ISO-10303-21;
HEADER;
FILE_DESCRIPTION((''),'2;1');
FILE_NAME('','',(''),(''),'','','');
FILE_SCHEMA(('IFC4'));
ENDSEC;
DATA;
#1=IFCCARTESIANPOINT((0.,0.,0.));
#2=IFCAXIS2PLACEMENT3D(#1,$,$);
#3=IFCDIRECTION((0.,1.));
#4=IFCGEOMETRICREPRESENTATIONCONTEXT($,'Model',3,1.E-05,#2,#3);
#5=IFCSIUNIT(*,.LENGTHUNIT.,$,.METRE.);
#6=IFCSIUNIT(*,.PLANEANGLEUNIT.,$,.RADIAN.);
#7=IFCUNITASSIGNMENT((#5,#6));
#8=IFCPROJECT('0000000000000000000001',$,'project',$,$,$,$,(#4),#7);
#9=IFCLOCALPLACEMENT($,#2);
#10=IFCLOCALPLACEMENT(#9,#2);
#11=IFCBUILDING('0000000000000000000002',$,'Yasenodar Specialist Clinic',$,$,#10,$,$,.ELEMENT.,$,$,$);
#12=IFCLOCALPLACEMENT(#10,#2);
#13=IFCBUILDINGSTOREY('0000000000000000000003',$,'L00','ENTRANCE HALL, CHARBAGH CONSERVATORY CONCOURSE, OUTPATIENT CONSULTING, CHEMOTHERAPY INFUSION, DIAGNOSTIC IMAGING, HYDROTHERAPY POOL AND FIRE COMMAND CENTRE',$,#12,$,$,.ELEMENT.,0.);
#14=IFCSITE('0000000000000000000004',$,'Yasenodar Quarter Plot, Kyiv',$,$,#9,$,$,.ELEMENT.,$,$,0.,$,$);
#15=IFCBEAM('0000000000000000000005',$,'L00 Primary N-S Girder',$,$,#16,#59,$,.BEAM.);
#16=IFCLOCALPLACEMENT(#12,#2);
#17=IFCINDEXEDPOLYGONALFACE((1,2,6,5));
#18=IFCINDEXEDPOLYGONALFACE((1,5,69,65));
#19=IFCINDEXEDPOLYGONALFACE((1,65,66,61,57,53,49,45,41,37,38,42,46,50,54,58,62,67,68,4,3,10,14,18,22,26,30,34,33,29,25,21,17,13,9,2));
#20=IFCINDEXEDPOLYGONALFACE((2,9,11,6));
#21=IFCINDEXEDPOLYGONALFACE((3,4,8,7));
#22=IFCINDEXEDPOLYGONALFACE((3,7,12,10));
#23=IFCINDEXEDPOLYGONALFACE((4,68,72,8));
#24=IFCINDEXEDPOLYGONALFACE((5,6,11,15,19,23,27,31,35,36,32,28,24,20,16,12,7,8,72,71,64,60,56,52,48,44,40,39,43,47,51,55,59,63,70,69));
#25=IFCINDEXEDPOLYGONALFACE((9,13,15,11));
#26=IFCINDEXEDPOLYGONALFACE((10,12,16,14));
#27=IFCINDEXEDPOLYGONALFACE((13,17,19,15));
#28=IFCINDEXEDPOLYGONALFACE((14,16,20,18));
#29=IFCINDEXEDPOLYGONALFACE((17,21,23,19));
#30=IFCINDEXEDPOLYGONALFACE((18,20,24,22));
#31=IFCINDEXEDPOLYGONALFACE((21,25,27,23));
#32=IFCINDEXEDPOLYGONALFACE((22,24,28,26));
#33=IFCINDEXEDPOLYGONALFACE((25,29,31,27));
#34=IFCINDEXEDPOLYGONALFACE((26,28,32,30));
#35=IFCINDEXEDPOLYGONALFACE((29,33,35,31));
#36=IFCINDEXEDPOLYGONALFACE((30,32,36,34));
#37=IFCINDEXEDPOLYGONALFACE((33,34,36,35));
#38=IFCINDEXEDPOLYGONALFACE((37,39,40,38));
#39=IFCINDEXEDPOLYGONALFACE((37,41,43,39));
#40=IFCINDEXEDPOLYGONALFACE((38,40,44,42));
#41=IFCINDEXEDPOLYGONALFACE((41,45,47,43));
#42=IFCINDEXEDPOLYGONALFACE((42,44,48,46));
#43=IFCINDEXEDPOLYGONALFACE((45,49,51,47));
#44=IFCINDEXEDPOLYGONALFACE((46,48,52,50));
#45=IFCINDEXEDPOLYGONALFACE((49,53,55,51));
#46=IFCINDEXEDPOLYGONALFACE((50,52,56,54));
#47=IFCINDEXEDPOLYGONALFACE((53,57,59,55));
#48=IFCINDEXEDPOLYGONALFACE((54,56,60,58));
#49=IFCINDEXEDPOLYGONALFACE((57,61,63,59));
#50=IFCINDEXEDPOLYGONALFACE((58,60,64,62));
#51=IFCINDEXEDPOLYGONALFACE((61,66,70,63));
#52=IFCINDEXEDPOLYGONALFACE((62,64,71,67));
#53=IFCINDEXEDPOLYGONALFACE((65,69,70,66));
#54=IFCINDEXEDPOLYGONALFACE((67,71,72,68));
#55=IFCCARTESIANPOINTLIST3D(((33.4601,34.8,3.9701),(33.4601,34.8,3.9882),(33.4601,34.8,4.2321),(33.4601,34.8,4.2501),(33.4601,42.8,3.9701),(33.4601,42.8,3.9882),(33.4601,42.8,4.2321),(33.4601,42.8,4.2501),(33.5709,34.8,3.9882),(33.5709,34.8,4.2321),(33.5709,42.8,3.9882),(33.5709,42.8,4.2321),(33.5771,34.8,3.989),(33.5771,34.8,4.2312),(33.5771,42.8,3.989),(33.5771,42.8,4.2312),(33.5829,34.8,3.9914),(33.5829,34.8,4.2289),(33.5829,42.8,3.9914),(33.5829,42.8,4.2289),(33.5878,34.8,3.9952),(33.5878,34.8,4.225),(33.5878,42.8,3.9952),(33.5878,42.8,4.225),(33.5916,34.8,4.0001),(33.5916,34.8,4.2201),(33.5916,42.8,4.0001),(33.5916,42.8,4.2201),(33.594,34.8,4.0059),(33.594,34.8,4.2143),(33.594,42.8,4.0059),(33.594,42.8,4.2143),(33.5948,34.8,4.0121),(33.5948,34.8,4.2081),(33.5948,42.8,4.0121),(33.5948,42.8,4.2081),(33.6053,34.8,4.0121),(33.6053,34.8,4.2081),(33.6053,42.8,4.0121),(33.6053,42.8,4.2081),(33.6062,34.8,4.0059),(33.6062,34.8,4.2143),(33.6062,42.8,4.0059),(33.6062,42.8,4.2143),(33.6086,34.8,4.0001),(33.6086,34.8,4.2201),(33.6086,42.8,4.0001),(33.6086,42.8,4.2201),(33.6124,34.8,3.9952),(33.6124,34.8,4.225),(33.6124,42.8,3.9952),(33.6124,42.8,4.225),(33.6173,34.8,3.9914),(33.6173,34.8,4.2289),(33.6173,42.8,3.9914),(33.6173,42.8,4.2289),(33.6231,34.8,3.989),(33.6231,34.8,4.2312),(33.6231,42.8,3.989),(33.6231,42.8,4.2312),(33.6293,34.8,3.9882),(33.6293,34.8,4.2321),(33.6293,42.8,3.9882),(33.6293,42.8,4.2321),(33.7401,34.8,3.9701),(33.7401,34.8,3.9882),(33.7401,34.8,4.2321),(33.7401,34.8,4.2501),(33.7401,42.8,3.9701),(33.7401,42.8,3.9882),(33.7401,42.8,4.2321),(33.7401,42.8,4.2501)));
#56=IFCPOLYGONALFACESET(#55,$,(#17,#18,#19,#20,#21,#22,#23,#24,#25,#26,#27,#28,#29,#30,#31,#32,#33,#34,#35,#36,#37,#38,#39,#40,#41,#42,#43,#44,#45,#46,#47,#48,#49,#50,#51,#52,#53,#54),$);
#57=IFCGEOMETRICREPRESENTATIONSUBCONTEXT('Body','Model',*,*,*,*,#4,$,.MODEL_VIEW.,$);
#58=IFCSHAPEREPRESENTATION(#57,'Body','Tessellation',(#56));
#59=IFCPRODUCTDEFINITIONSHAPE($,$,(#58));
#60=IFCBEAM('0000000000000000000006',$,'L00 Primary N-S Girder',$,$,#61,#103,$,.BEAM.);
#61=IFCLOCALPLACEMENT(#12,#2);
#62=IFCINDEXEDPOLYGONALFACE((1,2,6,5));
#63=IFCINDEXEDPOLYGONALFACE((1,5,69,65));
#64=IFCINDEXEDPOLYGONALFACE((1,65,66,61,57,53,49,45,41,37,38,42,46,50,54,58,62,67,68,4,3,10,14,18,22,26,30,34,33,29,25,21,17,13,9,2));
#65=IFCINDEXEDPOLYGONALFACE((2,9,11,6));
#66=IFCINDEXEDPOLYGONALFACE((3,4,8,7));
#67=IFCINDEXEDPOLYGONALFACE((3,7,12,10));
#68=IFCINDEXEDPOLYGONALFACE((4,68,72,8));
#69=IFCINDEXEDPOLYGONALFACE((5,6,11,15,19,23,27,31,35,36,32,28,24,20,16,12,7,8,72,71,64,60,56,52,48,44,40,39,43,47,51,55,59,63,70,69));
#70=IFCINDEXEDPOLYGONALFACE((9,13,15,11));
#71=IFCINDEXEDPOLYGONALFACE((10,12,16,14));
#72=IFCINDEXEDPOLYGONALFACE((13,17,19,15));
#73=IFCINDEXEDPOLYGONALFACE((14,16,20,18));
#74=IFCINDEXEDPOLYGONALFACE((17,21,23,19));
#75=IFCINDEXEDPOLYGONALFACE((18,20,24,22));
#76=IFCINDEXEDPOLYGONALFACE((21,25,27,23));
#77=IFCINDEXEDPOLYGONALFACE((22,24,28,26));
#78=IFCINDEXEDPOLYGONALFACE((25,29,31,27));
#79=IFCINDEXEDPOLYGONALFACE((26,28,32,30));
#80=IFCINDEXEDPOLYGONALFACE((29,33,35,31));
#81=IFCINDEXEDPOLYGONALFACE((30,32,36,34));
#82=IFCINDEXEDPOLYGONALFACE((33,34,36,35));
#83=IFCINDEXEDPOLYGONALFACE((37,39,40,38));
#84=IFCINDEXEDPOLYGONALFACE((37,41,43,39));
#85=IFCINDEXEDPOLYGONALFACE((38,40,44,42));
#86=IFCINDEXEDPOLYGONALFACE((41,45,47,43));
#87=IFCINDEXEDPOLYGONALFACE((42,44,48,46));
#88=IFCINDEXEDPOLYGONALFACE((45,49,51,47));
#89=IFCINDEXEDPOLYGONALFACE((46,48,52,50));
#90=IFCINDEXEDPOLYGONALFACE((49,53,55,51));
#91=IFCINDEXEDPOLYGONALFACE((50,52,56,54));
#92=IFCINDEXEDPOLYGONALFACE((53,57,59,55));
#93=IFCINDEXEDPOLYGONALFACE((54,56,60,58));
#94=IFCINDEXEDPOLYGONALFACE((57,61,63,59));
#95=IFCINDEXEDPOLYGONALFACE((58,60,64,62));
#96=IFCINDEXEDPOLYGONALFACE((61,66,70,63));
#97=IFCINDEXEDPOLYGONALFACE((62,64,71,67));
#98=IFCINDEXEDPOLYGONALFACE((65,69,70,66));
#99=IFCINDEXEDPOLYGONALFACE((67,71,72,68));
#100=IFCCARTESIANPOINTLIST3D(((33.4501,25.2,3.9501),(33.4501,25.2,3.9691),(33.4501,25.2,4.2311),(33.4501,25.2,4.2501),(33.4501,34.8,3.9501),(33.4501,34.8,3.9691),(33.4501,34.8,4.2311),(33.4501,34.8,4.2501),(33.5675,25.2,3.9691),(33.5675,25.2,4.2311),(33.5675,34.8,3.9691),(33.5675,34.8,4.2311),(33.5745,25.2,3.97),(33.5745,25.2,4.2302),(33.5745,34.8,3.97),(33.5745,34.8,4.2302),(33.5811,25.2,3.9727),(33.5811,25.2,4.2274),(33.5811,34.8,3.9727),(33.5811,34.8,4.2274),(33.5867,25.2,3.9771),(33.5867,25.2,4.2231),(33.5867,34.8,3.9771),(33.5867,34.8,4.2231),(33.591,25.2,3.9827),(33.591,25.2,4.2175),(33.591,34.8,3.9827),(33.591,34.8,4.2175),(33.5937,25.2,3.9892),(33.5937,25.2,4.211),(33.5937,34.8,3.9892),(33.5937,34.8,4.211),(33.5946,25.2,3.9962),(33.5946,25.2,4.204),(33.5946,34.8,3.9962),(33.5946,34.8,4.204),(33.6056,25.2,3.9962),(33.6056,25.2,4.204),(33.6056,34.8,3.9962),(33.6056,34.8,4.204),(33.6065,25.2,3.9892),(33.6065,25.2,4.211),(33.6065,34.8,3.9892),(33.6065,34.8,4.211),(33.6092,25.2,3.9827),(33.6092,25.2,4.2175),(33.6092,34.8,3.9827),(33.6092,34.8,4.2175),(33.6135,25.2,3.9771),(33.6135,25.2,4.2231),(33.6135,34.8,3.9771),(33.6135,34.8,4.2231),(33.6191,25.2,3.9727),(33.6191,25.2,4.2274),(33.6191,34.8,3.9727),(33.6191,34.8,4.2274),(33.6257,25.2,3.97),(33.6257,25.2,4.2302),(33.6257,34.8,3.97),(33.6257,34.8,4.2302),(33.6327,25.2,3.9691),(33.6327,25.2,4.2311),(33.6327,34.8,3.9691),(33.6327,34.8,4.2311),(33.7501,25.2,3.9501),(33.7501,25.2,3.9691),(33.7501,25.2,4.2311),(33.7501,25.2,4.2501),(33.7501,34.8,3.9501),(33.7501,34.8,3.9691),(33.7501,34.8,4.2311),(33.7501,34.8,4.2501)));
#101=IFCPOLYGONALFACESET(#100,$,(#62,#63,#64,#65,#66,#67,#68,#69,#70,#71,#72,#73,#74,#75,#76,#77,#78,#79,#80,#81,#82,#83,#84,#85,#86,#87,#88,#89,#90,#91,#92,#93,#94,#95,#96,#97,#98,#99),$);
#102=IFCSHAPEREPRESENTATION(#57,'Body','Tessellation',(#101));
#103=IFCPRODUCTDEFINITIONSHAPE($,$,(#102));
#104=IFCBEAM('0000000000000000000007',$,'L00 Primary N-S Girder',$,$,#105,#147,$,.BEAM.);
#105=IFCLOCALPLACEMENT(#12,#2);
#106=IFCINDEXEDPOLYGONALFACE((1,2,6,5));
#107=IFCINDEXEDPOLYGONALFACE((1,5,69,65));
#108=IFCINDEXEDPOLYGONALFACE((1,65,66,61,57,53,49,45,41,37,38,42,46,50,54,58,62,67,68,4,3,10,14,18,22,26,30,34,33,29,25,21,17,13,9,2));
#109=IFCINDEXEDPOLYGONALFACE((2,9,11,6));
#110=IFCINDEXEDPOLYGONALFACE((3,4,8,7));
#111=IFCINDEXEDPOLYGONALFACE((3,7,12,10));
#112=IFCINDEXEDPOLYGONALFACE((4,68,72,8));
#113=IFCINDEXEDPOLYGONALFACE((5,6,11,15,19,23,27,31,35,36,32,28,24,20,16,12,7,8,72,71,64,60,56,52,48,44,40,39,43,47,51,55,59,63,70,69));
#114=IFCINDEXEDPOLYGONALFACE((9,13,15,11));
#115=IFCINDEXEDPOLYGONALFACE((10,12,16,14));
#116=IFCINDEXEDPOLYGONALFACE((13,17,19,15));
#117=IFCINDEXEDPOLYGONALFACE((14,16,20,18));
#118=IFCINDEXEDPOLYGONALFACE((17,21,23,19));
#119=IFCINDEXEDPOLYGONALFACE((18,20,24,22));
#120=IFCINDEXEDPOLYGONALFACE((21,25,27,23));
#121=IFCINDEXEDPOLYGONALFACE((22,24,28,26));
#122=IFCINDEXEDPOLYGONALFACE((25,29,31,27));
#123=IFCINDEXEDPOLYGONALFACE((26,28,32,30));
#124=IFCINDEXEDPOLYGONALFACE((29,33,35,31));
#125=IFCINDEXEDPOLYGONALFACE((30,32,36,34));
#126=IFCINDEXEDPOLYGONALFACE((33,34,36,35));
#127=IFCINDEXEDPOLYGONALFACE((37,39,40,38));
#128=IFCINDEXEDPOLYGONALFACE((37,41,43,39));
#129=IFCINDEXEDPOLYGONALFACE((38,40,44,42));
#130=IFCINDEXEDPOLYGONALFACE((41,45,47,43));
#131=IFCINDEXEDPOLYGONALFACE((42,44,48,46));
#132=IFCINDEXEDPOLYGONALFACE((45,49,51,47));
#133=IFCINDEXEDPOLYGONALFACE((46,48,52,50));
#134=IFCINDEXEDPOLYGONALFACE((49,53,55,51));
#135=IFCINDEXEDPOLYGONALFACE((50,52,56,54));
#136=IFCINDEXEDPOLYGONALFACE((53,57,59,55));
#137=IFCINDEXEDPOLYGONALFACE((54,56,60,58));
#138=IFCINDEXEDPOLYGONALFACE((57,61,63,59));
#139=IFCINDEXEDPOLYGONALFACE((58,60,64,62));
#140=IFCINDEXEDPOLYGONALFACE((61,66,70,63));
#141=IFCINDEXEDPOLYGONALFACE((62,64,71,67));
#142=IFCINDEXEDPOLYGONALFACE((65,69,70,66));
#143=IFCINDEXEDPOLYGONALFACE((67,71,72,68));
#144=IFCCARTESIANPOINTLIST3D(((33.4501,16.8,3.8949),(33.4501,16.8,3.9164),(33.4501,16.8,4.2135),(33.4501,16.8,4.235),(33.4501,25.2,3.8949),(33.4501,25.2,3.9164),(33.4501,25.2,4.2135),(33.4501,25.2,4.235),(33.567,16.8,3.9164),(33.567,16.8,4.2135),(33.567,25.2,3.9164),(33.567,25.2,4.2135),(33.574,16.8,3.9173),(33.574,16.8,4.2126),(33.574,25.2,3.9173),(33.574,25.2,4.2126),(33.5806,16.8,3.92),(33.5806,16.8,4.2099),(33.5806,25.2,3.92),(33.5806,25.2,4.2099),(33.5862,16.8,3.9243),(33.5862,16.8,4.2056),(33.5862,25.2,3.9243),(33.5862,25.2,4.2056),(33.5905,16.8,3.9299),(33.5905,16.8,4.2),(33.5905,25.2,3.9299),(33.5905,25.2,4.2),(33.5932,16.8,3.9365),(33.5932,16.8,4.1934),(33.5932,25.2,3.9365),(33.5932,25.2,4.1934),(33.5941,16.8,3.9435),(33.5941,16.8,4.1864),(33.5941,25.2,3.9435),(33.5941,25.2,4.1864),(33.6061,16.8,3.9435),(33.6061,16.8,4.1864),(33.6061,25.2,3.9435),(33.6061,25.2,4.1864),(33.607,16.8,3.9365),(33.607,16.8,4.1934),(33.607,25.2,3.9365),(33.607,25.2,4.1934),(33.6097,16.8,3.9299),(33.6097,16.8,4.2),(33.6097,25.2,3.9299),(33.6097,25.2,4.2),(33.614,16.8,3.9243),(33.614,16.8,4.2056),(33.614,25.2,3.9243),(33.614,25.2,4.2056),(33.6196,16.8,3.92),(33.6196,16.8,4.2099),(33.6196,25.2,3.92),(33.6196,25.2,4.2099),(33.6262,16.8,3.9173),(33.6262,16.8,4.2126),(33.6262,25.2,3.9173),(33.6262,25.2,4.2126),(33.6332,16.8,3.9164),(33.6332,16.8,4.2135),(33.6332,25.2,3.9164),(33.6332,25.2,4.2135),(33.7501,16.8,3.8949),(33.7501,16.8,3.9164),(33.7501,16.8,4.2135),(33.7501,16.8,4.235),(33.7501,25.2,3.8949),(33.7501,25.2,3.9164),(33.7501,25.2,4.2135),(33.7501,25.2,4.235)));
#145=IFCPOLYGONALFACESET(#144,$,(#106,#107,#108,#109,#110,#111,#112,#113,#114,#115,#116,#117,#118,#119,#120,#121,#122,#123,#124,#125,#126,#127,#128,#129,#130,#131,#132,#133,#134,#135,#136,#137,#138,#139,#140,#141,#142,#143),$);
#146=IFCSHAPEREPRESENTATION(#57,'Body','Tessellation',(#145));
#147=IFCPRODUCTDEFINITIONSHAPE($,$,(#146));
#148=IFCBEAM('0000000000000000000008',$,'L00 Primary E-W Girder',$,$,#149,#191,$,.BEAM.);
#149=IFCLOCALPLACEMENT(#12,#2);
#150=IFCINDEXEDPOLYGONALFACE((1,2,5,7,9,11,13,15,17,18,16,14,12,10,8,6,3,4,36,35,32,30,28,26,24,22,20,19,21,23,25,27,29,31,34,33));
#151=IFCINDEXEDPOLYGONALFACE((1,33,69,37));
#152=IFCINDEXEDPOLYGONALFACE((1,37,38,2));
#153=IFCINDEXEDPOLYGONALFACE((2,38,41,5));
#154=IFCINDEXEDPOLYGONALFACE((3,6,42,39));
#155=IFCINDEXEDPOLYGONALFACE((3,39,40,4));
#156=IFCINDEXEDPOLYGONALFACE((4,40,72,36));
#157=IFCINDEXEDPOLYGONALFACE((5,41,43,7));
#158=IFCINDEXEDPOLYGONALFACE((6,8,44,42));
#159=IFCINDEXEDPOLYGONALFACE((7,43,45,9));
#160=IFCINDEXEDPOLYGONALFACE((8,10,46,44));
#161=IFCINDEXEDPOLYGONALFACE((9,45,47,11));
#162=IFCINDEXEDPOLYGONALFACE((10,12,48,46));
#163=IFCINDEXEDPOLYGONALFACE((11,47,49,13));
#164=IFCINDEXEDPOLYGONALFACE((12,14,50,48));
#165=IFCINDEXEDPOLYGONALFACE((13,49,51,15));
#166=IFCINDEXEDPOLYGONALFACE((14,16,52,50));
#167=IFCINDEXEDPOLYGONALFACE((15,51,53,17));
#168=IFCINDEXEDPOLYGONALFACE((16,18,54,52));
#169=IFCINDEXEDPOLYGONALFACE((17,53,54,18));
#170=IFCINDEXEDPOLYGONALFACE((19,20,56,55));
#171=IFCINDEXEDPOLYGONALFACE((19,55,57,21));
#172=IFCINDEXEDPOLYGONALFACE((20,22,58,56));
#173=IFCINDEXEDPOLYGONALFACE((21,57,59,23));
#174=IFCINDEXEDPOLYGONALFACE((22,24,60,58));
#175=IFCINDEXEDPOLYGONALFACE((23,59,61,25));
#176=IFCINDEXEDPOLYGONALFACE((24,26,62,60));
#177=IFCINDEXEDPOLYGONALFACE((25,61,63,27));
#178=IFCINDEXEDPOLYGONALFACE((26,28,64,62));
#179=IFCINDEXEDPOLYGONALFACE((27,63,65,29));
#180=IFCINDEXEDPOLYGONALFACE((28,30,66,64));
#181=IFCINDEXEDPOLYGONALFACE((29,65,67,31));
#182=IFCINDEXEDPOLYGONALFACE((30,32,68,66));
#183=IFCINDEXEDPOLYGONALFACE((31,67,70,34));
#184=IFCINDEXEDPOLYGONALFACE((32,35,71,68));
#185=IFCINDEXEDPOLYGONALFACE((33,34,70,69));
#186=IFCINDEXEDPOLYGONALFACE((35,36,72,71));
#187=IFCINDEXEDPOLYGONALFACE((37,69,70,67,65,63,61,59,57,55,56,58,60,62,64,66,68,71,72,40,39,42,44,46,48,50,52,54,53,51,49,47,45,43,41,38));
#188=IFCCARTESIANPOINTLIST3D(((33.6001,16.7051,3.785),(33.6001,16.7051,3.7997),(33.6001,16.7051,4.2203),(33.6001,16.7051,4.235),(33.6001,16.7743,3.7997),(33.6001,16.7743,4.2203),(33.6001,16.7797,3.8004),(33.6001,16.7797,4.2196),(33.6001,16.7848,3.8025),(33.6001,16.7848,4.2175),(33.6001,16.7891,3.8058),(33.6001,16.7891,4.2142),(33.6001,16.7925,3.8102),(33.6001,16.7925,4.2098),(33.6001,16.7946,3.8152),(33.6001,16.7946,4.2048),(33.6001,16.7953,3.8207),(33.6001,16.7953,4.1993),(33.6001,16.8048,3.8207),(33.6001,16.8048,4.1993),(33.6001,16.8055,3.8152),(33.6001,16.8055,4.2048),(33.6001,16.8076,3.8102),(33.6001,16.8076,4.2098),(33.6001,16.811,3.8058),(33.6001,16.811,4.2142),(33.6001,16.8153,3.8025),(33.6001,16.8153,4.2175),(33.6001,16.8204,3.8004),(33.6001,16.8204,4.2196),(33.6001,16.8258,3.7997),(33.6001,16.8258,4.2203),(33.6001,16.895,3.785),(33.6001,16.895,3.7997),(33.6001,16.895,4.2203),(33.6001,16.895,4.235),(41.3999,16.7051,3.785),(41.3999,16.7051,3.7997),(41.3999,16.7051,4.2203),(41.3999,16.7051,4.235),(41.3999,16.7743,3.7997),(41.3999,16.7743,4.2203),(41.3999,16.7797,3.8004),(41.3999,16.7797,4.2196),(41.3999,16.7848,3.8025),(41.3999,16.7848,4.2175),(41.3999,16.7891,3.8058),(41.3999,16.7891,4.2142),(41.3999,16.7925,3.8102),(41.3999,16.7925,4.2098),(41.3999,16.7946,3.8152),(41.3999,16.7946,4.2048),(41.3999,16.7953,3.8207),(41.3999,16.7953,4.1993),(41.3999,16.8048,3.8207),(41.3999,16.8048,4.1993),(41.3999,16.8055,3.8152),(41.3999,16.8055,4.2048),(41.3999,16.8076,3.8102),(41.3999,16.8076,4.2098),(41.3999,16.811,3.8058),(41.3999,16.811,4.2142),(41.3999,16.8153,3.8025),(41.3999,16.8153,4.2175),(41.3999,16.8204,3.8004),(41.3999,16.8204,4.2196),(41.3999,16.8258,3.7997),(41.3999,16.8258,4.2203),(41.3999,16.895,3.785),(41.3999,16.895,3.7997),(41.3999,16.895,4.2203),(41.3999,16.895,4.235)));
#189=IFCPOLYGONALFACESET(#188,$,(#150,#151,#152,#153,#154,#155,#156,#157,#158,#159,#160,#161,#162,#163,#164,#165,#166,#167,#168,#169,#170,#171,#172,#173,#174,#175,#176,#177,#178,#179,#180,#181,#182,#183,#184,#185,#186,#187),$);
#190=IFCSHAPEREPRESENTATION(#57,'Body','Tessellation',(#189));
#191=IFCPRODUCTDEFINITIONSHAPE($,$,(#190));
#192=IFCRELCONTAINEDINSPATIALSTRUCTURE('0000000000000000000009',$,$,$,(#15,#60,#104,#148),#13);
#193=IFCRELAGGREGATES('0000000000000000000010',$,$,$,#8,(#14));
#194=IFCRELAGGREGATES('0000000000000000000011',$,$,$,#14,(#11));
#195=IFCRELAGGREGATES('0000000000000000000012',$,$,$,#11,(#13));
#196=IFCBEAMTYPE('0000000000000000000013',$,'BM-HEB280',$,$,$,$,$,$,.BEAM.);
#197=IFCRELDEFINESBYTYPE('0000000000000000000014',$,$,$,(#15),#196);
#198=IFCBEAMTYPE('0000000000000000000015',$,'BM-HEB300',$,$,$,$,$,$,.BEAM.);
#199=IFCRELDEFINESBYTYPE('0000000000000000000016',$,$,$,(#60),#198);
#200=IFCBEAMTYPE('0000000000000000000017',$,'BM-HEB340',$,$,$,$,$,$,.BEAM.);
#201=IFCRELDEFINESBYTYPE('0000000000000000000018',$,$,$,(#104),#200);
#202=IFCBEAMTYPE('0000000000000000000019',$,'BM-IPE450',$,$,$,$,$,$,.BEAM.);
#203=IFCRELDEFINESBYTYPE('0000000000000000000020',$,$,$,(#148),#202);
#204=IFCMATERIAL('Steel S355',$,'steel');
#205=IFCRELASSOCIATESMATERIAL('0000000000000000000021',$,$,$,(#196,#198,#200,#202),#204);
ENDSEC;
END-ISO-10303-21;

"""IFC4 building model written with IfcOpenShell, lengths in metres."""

from ifc_helpers import new_model, si_unit, direction, frame, origin, origin_2d, place, context, subcontext, project, spatial, i_section, extrude, material, material_profile, profile_set, type_object, element, save


model = new_model("IFC4")

# Units and contexts
model_context = context("Model", 3, precision=1e-05, world=origin(), true_north=direction((0.0, 1.0)))
body_context = subcontext(model_context, "Body", "Model", "MODEL_VIEW")
ifc_project = project(units=[si_unit("LENGTHUNIT", "METRE"), si_unit("PLANEANGLEUNIT", "RADIAN")], contexts=[model_context])

# Site, building, storey
site_placement = place(None, origin())
site = spatial("IfcSite", under=ifc_project, at=site_placement, Name="Yasenodar Quarter Plot, Kyiv", CompositionType="ELEMENT", RefElevation=0.0)
building_placement = place(site_placement, origin())
building = spatial("IfcBuilding", under=site, at=building_placement, Name="Yasenodar Specialist Clinic", CompositionType="ELEMENT")
storey_placement = place(building_placement, origin())
storey = spatial("IfcBuildingStorey", under=building, at=storey_placement, Name="L00", Description="ENTRANCE HALL, CHARBAGH CONSERVATORY CONCOURSE, OUTPATIENT CONSULTING, CHEMOTHERAPY INFUSION, DIAGNOSTIC IMAGING, HYDROTHERAPY POOL AND FIRE COMMAND CENTRE", CompositionType="ELEMENT", Elevation=0.0)

# Shared definitions
ifc_material_1 = material(Name="Steel S355", Category="steel")

# Beams
ifc_material_profile_1 = material_profile(ifc_material_1, i_section(OverallWidth=0.28, OverallDepth=0.28, WebThickness=0.0105, FlangeThickness=0.0181, FilletRadius=0.0239, at=origin_2d()), Name="HEB 280")
ifc_profile_set_1 = profile_set([ifc_material_profile_1], Name="Steel S355")
beam_type_1 = type_object("IfcBeamType", Name="BM-HEB280", PredefinedType="BEAM", material=ifc_profile_set_1)
beam_1_placement = place(storey_placement, frame((33.6001, 34.8, 4.1101), z_axis=(0.0, 1.0, 0.0), x_axis=(-1.0, 0.0, 0.0)))
element("IfcBeam", 1, at=beam_1_placement, inside=storey, type_object=beam_type_1, Name="L00 Primary N-S Girder", PredefinedType="BEAM", context=body_context, shape_type="SweptSolid", body=[
    extrude(i_section(OverallWidth=0.28, OverallDepth=0.28, WebThickness=0.0105, FlangeThickness=0.0181, FilletRadius=0.0239, at=origin_2d()), origin(), (0.0, 0.0, 1.0), 8.0),
])
ifc_material_profile_2 = material_profile(ifc_material_1, i_section(OverallWidth=0.3, OverallDepth=0.3, WebThickness=0.011, FlangeThickness=0.019, FilletRadius=0.0271, at=origin_2d()), Name="HEB 300")
ifc_profile_set_2 = profile_set([ifc_material_profile_2], Name="Steel S355")
beam_type_2 = type_object("IfcBeamType", Name="BM-HEB300", PredefinedType="BEAM", material=ifc_profile_set_2)
beam_2_placement = place(storey_placement, frame((33.6001, 25.2, 4.1001), z_axis=(0.0, 1.0, 0.0), x_axis=(-1.0, 0.0, 0.0)))
element("IfcBeam", 2, at=beam_2_placement, inside=storey, type_object=beam_type_2, Name="L00 Primary N-S Girder", PredefinedType="BEAM", context=body_context, shape_type="SweptSolid", body=[
    extrude(i_section(OverallWidth=0.3, OverallDepth=0.3, WebThickness=0.011, FlangeThickness=0.019, FilletRadius=0.0271, at=origin_2d()), origin(), (0.0, 0.0, 1.0), 9.6001),
])
ifc_material_profile_3 = material_profile(ifc_material_1, i_section(OverallWidth=0.3, OverallDepth=0.3401, WebThickness=0.012, FlangeThickness=0.0215, FilletRadius=0.0271, at=origin_2d()), Name="HEB 340")
ifc_profile_set_3 = profile_set([ifc_material_profile_3], Name="Steel S355")
beam_type_3 = type_object("IfcBeamType", Name="BM-HEB340", PredefinedType="BEAM", material=ifc_profile_set_3)
beam_3_placement = place(storey_placement, frame((33.6001, 16.8, 4.0649), z_axis=(0.0, 1.0, 0.0), x_axis=(-1.0, 0.0, 0.0)))
element("IfcBeam", 3, at=beam_3_placement, inside=storey, type_object=beam_type_3, Name="L00 Primary N-S Girder", PredefinedType="BEAM", context=body_context, shape_type="SweptSolid", body=[
    extrude(i_section(OverallWidth=0.3, OverallDepth=0.3401, WebThickness=0.012, FlangeThickness=0.0215, FilletRadius=0.0271, at=origin_2d()), origin(), (0.0, 0.0, 1.0), 8.3999),
])
ifc_material_profile_4 = material_profile(ifc_material_1, i_section(OverallWidth=0.1899, OverallDepth=0.45, WebThickness=0.0095, FlangeThickness=0.0146, FilletRadius=0.021, at=origin_2d()), Name="IPE 450")
ifc_profile_set_4 = profile_set([ifc_material_profile_4], Name="Steel S355")
beam_type_4 = type_object("IfcBeamType", Name="BM-IPE450", PredefinedType="BEAM", material=ifc_profile_set_4)
beam_4_placement = place(storey_placement, frame((33.6001, 16.8, 4.01), z_axis=(1.0, 0.0, 0.0), x_axis=(0.0, 1.0, 0.0)))
element("IfcBeam", 4, at=beam_4_placement, inside=storey, type_object=beam_type_4, Name="L00 Primary E-W Girder", PredefinedType="BEAM", context=body_context, shape_type="SweptSolid", body=[
    extrude(i_section(OverallWidth=0.1899, OverallDepth=0.45, WebThickness=0.0095, FlangeThickness=0.0146, FilletRadius=0.021, at=origin_2d()), origin(), (0.0, 0.0, 1.0), 7.7998),
])

save(model, "model.ifc")
